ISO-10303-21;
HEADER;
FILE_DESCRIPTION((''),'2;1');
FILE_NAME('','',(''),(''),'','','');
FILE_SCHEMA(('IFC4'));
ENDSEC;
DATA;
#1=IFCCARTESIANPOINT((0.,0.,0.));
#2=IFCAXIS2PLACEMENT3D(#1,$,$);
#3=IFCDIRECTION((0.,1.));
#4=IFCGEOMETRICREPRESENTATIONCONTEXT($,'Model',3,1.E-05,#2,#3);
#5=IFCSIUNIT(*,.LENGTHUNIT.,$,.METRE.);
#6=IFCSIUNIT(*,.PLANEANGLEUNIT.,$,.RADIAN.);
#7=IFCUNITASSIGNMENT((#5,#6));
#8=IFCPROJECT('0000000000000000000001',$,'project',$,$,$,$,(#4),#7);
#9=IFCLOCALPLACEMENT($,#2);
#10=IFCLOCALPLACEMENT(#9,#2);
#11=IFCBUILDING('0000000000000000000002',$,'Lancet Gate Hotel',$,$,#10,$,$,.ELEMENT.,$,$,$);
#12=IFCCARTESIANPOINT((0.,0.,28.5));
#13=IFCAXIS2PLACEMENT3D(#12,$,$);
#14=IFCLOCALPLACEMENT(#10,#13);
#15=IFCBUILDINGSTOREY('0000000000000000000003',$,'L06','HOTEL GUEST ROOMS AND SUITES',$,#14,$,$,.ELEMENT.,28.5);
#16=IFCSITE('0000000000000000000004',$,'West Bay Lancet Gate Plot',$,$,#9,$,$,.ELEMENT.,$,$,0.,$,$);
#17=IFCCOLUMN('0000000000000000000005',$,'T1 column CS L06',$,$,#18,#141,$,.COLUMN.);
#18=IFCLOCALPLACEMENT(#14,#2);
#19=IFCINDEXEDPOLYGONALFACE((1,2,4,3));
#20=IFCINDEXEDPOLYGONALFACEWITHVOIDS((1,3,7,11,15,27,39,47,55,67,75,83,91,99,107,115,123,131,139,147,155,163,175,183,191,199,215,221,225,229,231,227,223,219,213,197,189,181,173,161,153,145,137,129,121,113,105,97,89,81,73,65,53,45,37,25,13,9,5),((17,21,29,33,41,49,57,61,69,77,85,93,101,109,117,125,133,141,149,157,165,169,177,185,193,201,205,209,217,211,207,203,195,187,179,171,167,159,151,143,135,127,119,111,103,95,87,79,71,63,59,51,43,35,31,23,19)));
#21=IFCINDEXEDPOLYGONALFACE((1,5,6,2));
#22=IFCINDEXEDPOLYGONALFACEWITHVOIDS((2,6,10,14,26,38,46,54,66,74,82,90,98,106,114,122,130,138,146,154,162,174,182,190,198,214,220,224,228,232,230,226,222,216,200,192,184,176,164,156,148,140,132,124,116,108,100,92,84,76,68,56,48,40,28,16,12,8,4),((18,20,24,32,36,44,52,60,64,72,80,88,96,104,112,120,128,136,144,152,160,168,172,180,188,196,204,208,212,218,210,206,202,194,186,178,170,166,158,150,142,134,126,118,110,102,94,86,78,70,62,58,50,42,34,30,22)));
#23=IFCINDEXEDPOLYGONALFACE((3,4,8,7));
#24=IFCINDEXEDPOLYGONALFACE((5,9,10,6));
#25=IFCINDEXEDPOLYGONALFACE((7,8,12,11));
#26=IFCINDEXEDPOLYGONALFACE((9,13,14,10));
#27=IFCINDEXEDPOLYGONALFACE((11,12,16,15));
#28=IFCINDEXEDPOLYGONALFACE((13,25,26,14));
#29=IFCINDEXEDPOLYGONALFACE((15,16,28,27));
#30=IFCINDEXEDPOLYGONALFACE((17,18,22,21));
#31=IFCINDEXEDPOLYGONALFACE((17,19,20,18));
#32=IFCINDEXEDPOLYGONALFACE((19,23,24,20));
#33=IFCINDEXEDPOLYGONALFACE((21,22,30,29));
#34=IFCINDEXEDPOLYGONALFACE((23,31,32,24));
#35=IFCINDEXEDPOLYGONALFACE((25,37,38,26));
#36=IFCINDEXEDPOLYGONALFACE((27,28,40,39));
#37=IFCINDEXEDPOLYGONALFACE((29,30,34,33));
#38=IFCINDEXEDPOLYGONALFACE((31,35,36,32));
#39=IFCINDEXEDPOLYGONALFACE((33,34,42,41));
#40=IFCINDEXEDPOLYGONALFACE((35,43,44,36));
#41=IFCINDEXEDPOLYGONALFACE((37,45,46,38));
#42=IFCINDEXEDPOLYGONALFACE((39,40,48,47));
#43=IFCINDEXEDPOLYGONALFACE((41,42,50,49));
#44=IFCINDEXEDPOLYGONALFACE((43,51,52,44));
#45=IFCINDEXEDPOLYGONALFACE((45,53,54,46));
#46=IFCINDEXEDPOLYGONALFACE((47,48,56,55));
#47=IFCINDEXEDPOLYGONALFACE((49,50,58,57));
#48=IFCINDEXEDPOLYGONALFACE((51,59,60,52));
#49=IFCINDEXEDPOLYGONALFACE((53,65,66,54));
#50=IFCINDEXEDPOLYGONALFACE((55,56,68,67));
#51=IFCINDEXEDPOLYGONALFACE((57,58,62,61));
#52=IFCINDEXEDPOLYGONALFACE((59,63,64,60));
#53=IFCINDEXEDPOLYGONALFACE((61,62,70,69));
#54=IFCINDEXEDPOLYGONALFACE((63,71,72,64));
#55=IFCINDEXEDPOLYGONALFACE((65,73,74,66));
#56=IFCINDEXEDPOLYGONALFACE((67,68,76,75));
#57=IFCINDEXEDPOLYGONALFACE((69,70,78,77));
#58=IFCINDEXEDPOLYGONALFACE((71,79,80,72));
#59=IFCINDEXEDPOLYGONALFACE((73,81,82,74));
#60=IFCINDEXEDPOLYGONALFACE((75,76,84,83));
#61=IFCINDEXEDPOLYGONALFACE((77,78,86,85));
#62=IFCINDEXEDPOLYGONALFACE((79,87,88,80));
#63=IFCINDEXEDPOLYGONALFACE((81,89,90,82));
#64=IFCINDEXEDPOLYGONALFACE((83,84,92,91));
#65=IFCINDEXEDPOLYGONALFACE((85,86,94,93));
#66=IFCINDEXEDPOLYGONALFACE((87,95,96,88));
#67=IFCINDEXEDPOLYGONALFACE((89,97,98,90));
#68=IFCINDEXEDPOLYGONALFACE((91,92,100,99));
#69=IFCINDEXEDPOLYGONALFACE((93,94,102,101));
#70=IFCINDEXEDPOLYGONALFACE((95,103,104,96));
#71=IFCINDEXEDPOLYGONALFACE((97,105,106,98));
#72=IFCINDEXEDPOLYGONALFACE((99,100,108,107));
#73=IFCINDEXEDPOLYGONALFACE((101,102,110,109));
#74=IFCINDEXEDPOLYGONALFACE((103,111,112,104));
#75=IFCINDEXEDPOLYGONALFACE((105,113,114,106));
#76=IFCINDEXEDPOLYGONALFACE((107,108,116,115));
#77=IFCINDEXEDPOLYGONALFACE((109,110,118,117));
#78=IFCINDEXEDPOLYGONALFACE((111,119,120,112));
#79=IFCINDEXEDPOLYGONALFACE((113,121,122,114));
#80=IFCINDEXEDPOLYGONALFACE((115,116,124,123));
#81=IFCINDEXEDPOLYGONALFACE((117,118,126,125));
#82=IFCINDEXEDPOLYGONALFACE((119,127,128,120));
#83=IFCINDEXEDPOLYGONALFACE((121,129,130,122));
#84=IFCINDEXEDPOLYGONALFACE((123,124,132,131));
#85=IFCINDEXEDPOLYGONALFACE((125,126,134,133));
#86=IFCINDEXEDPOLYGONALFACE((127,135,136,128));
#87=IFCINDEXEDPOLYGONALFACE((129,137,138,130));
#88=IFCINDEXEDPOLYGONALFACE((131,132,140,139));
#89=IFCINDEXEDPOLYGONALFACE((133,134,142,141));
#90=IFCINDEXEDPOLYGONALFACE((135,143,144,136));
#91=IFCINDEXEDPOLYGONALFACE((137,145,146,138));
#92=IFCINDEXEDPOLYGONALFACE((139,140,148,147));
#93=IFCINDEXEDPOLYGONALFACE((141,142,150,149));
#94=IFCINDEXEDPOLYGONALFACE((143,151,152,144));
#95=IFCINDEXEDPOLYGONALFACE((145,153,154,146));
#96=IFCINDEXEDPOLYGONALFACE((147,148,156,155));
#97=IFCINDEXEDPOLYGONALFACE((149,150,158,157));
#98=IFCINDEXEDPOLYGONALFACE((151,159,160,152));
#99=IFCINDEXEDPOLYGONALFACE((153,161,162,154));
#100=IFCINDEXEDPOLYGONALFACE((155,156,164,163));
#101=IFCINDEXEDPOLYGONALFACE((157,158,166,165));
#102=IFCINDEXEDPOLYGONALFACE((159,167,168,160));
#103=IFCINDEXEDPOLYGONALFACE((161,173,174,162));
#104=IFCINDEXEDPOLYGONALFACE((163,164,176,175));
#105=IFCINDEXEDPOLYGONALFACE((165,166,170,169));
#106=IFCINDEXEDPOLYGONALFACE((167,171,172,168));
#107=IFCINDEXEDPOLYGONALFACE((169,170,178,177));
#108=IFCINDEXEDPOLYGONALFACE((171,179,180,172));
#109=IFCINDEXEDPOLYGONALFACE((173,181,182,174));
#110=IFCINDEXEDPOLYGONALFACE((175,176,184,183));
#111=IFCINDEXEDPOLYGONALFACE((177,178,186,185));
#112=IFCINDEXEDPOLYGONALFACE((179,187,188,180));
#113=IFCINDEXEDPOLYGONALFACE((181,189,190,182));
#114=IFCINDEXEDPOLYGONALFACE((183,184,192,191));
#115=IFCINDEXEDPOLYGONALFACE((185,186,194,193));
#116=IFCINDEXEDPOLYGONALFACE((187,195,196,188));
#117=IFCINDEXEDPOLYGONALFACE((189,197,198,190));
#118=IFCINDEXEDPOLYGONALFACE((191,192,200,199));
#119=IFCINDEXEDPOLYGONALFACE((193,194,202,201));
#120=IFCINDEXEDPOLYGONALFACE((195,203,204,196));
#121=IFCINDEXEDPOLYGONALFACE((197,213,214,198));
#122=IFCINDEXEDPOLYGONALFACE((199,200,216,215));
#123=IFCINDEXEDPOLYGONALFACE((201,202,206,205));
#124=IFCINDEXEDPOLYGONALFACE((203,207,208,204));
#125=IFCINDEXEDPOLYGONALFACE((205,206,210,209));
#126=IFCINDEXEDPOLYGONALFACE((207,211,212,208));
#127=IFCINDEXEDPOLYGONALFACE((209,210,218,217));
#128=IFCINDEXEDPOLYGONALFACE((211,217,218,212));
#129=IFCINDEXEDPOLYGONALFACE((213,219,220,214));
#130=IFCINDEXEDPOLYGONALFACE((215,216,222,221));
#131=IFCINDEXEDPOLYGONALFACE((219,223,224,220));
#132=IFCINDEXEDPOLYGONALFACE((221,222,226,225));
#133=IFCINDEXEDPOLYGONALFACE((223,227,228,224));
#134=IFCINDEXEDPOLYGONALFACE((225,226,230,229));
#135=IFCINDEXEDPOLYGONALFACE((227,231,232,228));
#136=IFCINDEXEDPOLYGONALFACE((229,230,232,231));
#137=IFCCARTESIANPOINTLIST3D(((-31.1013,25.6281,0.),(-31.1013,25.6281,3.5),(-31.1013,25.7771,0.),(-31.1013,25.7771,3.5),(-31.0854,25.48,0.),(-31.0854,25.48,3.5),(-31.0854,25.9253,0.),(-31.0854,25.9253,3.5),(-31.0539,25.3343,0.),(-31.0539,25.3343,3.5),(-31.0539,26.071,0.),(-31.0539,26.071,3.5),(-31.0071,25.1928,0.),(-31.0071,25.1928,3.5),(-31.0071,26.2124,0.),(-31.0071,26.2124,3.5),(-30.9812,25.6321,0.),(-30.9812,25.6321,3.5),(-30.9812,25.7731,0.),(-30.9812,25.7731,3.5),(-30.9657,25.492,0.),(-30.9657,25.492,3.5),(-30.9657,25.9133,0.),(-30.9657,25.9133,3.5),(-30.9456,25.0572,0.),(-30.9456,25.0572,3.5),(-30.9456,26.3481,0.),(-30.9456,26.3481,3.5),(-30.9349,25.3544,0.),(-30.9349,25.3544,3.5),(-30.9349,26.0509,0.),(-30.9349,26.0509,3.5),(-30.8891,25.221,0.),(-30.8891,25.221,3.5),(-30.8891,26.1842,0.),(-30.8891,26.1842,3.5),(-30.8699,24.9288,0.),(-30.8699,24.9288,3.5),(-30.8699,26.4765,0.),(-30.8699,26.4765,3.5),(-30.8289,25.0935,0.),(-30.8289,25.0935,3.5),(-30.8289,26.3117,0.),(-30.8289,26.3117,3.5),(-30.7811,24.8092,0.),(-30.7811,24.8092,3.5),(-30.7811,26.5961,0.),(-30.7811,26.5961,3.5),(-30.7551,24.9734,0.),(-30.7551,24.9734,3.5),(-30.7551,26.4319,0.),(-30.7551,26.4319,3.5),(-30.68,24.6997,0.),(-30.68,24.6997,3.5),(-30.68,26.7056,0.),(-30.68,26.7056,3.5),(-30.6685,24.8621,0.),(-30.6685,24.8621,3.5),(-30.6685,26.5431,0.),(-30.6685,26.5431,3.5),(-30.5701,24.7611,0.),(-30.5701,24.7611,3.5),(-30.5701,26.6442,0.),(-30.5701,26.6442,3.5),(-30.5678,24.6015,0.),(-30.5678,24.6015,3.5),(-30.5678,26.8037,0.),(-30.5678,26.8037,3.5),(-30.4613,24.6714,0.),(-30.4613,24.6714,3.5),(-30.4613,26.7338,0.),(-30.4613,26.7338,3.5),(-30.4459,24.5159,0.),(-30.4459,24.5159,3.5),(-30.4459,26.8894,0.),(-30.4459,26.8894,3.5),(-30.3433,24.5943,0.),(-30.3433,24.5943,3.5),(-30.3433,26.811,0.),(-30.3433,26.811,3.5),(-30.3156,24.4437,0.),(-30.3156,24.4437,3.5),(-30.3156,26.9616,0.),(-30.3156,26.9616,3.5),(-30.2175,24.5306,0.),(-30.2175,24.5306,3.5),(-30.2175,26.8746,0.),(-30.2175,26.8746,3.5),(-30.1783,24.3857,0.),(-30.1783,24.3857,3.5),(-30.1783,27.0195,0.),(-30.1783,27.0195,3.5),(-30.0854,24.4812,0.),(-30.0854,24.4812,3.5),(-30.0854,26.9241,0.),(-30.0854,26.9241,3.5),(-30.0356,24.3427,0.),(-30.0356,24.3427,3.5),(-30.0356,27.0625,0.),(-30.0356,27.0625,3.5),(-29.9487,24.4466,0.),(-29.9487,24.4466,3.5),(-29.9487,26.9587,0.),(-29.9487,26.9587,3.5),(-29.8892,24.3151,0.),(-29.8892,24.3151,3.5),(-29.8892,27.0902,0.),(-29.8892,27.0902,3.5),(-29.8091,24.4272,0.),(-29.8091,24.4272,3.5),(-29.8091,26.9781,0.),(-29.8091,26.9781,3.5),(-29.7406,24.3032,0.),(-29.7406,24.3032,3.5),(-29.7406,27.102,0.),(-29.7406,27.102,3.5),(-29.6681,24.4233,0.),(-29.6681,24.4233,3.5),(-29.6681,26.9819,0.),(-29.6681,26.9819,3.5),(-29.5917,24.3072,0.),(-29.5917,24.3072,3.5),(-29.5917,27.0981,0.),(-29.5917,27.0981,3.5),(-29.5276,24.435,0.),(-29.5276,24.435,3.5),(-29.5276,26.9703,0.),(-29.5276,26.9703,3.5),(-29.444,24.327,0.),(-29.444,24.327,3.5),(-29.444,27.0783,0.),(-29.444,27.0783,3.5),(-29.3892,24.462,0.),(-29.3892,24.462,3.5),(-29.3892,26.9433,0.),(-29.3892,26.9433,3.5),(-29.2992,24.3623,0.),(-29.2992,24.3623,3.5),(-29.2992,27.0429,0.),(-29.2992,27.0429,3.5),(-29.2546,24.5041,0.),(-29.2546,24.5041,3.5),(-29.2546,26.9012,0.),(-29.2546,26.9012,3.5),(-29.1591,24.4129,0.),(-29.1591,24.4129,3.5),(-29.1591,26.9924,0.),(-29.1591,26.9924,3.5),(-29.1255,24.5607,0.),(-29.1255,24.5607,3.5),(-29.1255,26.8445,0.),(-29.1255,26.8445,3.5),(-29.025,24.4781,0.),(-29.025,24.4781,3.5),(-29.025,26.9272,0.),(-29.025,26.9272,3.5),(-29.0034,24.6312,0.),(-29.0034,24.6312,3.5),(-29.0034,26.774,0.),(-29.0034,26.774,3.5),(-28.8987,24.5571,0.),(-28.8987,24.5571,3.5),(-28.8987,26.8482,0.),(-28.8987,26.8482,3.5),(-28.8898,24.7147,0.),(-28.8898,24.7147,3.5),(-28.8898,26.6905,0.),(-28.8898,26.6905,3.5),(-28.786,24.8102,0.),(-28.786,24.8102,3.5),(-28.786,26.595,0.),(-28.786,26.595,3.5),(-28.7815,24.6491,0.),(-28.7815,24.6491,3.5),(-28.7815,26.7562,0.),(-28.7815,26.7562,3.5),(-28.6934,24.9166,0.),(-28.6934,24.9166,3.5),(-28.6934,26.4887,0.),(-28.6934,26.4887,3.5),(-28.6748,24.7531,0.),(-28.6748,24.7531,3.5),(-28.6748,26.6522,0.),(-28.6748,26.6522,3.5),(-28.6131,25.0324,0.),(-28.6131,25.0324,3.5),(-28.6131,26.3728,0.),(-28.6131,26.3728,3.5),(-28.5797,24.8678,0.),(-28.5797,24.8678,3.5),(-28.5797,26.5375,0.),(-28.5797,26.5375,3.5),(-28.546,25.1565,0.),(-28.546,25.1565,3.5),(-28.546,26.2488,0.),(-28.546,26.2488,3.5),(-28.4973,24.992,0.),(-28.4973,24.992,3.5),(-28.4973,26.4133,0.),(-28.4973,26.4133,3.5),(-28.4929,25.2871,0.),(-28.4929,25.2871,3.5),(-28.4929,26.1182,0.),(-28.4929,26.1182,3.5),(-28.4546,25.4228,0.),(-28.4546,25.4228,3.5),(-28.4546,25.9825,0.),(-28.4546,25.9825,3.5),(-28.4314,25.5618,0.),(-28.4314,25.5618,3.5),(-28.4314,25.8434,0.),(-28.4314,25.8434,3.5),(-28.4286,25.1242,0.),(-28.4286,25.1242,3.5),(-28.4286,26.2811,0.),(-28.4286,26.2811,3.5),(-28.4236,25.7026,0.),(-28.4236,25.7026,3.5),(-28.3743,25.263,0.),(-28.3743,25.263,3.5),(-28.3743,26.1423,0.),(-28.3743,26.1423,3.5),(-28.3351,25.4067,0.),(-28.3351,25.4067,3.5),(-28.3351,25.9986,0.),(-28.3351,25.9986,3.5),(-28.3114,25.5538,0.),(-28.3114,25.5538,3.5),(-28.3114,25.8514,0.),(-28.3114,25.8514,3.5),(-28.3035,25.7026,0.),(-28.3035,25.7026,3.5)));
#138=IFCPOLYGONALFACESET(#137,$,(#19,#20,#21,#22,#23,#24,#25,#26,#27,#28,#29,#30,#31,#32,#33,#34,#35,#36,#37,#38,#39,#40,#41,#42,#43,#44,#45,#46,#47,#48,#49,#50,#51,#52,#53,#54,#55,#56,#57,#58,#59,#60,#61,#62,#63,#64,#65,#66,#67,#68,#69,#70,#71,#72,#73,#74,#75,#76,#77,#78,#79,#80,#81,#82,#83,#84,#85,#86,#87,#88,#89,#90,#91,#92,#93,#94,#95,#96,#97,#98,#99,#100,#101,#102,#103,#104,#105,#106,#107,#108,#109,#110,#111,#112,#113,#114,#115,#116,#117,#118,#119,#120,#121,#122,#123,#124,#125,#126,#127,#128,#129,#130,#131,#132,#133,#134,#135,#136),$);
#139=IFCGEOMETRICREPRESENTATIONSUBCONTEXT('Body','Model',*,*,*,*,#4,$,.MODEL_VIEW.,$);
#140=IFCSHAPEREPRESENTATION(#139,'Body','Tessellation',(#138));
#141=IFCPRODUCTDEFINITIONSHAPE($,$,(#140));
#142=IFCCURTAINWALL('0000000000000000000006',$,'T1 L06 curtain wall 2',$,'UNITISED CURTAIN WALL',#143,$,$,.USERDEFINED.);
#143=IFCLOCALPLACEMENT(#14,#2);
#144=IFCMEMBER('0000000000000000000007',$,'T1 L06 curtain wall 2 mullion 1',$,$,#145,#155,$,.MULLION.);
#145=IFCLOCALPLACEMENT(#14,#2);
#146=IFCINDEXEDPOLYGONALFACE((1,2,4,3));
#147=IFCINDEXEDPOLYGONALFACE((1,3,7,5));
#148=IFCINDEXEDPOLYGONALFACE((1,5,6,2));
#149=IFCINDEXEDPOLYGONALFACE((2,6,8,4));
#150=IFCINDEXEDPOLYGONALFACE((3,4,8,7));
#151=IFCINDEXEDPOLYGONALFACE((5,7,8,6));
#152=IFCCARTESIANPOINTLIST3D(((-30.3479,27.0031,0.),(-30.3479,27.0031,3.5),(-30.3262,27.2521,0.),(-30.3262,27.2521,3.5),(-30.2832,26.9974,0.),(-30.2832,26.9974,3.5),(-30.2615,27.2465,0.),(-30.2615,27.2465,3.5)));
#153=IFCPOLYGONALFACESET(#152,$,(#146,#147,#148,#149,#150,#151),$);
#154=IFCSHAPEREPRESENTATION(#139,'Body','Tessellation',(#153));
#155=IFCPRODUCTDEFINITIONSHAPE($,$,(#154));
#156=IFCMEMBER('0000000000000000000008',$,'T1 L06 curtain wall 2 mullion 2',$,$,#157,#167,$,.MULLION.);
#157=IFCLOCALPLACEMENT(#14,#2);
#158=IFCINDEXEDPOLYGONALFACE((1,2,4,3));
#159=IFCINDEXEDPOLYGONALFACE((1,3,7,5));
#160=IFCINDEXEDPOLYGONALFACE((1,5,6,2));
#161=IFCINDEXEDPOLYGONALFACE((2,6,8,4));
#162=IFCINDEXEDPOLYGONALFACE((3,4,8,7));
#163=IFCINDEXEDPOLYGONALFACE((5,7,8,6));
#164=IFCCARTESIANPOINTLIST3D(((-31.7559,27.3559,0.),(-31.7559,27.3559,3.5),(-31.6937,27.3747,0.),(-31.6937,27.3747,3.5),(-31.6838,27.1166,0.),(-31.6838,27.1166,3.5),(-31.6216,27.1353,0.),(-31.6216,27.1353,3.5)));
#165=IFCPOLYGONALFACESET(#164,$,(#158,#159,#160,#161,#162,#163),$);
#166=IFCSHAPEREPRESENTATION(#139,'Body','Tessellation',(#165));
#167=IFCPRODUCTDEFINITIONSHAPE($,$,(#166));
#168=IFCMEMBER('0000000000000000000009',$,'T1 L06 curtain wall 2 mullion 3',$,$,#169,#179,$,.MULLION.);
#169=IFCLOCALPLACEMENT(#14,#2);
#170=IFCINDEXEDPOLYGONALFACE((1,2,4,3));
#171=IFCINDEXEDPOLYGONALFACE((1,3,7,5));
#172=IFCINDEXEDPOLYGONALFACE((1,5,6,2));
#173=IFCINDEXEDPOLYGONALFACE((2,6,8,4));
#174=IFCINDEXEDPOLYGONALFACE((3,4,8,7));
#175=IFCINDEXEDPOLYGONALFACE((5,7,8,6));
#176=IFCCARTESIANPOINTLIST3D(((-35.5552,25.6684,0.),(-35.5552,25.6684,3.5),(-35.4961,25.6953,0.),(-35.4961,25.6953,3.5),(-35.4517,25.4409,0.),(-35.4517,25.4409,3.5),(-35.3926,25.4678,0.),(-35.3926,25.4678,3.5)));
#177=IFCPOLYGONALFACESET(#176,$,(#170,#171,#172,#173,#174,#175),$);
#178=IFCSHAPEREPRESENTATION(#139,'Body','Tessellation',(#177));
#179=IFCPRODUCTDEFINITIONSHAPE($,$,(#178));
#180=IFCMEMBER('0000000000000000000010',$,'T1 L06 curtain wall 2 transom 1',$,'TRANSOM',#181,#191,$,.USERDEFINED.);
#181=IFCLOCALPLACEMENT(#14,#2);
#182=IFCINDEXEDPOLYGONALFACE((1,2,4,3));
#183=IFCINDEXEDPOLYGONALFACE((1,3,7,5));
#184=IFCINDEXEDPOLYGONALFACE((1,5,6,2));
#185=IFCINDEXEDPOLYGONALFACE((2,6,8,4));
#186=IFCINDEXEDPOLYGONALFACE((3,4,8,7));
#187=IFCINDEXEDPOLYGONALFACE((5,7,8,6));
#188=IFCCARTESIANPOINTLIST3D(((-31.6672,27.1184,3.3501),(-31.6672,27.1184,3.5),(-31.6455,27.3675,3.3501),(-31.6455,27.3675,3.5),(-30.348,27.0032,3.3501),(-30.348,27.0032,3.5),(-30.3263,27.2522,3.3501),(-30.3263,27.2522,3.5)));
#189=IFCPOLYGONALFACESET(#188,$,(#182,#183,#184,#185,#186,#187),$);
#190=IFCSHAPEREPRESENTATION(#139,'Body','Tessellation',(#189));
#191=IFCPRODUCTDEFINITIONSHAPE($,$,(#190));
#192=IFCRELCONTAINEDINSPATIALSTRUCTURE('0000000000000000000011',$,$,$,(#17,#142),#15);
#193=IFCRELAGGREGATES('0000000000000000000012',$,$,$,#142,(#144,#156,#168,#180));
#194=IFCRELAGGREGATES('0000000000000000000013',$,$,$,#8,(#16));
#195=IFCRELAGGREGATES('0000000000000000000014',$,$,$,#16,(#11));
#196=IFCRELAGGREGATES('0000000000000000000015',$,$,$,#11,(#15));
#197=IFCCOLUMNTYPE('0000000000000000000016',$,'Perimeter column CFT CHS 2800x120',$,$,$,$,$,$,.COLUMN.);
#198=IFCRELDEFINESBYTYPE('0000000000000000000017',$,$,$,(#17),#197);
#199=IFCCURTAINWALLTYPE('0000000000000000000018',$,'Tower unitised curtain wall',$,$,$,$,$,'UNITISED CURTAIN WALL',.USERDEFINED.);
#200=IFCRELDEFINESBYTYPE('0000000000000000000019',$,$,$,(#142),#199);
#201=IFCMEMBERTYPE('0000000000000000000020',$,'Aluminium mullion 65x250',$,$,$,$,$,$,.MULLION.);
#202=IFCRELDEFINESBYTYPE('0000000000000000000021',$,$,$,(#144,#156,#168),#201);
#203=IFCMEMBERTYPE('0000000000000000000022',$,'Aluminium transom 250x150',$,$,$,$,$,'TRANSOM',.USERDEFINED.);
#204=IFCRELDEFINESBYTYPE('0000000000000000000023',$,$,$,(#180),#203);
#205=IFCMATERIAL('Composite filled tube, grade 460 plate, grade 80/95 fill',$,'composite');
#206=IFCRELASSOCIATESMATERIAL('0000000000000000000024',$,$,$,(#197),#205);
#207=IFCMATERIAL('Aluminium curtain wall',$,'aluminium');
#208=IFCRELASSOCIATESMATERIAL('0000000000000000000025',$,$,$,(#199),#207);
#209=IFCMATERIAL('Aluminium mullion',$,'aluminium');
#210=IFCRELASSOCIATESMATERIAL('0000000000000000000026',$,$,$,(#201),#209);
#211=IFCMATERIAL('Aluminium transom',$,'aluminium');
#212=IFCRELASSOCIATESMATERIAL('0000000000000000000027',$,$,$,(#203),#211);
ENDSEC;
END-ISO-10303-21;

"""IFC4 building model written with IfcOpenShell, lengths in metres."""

from ifc_helpers import new_model, si_unit, direction, frame, origin, origin_2d, place, context, subcontext, project, spatial, rectangle, hollow_circle, extrude, material, material_profile, profile_set, type_object, element, aggregate, save


model = new_model("IFC4")

# Units and contexts
model_context = context("Model", 3, precision=1e-05, world=origin(), true_north=direction((0.0, 1.0)))
body_context = subcontext(model_context, "Body", "Model", "MODEL_VIEW")
ifc_project = project(units=[si_unit("LENGTHUNIT", "METRE"), si_unit("PLANEANGLEUNIT", "RADIAN")], contexts=[model_context])

# Site, building, storey
site_placement = place(None, origin())
site = spatial("IfcSite", under=ifc_project, at=site_placement, Name="West Bay Lancet Gate Plot", CompositionType="ELEMENT", RefElevation=0.0)
building_placement = place(site_placement, origin())
building = spatial("IfcBuilding", under=site, at=building_placement, Name="Lancet Gate Hotel", CompositionType="ELEMENT")
storey_placement = place(building_placement, frame((0.0, 0.0, 28.5)))
storey = spatial("IfcBuildingStorey", under=building, at=storey_placement, Name="L06", Description="HOTEL GUEST ROOMS AND SUITES", CompositionType="ELEMENT", Elevation=28.5)

# Column
ifc_material_1 = material(Name="Composite filled tube, grade 460 plate, grade 80/95 fill", Category="composite")
ifc_material_profile_1 = material_profile(ifc_material_1, hollow_circle(Radius=1.3999, WallThickness=0.1201, at=origin_2d()), Name="CHS 2800x120")
ifc_profile_set_1 = profile_set([ifc_material_profile_1], Name="Composite filled tube, grade 460 plate, grade 80/95 fill")
column_type = type_object("IfcColumnType", Name="Perimeter column CFT CHS 2800x120", PredefinedType="COLUMN", material=ifc_profile_set_1)
column_placement = place(storey_placement, frame((-29.7034, 25.7026, 0.0), z_axis=(0.0, 0.0, 1.0), x_axis=(1.0, 0.0, 0.0)))
element("IfcColumn", 1, at=column_placement, inside=storey, type_object=column_type, Name="T1 column CS L06", PredefinedType="COLUMN", context=body_context, shape_type="SweptSolid", body=[
    extrude(hollow_circle(Radius=1.3999, WallThickness=0.1201, at=origin_2d()), origin(), (0.0, 0.0, 1.0), 3.5),
])

# Curtain wall, members
ifc_material_2 = material(Name="Aluminium curtain wall", Category="aluminium")
curtain_wall_type = type_object("IfcCurtainWallType", Name="Tower unitised curtain wall", ElementType="UNITISED CURTAIN WALL", PredefinedType="USERDEFINED", material=ifc_material_2)
curtain_wall_placement = place(storey_placement, origin())
curtain_wall = element("IfcCurtainWall", 2, at=curtain_wall_placement, inside=storey, type_object=curtain_wall_type, Name="T1 L06 curtain wall 2", ObjectType="UNITISED CURTAIN WALL", PredefinedType="USERDEFINED")
ifc_material_3 = material(Name="Aluminium mullion", Category="aluminium")
ifc_material_profile_2 = material_profile(ifc_material_3, rectangle(XDim=0.0649, YDim=0.25, at=origin_2d()), Name="MULLION 65x250")
ifc_profile_set_2 = profile_set([ifc_material_profile_2], Name="Aluminium mullion")
member_type_1 = type_object("IfcMemberType", Name="Aluminium mullion 65x250", PredefinedType="MULLION", material=ifc_profile_set_2)
member_1_placement = place(storey_placement, frame((-30.3047, 27.1248, 0.0), z_axis=(0.0, 0.0, 1.0), x_axis=(-0.996204, 0.087052, 0.0)))
member_1 = element("IfcMember", 3, at=member_1_placement, type_object=member_type_1, Name="T1 L06 curtain wall 2 mullion 1", PredefinedType="MULLION", context=body_context, shape_type="SweptSolid", body=[
    extrude(rectangle(XDim=0.0649, YDim=0.25, at=origin_2d()), origin(), (0.0, 0.0, 1.0), 3.5),
])
member_2_placement = place(storey_placement, frame((-31.6887, 27.2456, 0.0), z_axis=(0.0, 0.0, 1.0), x_axis=(-0.957524, -0.288352, 0.0)))
member_2 = element("IfcMember", 4, at=member_2_placement, type_object=member_type_1, Name="T1 L06 curtain wall 2 mullion 2", PredefinedType="MULLION", context=body_context, shape_type="SweptSolid", body=[
    extrude(rectangle(XDim=0.0649, YDim=0.25, at=origin_2d()), origin(), (0.0, 0.0, 1.0), 3.5),
])
member_3_placement = place(storey_placement, frame((-35.4739, 25.5681, 0.0), z_axis=(0.0, 0.0, 1.0), x_axis=(-0.91022, -0.414126, 0.0)))
member_3 = element("IfcMember", 5, at=member_3_placement, type_object=member_type_1, Name="T1 L06 curtain wall 2 mullion 3", PredefinedType="MULLION", context=body_context, shape_type="SweptSolid", body=[
    extrude(rectangle(XDim=0.0649, YDim=0.25, at=origin_2d()), origin(), (0.0, 0.0, 1.0), 3.5),
])
ifc_material_4 = material(Name="Aluminium transom", Category="aluminium")
ifc_material_profile_3 = material_profile(ifc_material_4, rectangle(XDim=0.25, YDim=0.1499, at=origin_2d()), Name="TRANSOM 250x150")
ifc_profile_set_3 = profile_set([ifc_material_profile_3], Name="Aluminium transom")
member_type_2 = type_object("IfcMemberType", Name="Aluminium transom 250x150", ElementType="TRANSOM", PredefinedType="USERDEFINED", material=ifc_profile_set_3)
member_4_placement = place(storey_placement, frame((-30.3372, 27.1277, 3.425), z_axis=(-0.996206, 0.087027, 0.0), x_axis=(-0.087027, -0.996206, 0.0)))
member_4 = element("IfcMember", 6, at=member_4_placement, type_object=member_type_2, Name="T1 L06 curtain wall 2 transom 1", ObjectType="TRANSOM", PredefinedType="USERDEFINED", context=body_context, shape_type="SweptSolid", body=[
    extrude(rectangle(XDim=0.25, YDim=0.1499, at=origin_2d()), origin(), (0.0, 0.0, 1.0), 1.3242),
])

aggregate(curtain_wall, [member_1, member_2, member_3, member_4])

save(model, "model.ifc")
